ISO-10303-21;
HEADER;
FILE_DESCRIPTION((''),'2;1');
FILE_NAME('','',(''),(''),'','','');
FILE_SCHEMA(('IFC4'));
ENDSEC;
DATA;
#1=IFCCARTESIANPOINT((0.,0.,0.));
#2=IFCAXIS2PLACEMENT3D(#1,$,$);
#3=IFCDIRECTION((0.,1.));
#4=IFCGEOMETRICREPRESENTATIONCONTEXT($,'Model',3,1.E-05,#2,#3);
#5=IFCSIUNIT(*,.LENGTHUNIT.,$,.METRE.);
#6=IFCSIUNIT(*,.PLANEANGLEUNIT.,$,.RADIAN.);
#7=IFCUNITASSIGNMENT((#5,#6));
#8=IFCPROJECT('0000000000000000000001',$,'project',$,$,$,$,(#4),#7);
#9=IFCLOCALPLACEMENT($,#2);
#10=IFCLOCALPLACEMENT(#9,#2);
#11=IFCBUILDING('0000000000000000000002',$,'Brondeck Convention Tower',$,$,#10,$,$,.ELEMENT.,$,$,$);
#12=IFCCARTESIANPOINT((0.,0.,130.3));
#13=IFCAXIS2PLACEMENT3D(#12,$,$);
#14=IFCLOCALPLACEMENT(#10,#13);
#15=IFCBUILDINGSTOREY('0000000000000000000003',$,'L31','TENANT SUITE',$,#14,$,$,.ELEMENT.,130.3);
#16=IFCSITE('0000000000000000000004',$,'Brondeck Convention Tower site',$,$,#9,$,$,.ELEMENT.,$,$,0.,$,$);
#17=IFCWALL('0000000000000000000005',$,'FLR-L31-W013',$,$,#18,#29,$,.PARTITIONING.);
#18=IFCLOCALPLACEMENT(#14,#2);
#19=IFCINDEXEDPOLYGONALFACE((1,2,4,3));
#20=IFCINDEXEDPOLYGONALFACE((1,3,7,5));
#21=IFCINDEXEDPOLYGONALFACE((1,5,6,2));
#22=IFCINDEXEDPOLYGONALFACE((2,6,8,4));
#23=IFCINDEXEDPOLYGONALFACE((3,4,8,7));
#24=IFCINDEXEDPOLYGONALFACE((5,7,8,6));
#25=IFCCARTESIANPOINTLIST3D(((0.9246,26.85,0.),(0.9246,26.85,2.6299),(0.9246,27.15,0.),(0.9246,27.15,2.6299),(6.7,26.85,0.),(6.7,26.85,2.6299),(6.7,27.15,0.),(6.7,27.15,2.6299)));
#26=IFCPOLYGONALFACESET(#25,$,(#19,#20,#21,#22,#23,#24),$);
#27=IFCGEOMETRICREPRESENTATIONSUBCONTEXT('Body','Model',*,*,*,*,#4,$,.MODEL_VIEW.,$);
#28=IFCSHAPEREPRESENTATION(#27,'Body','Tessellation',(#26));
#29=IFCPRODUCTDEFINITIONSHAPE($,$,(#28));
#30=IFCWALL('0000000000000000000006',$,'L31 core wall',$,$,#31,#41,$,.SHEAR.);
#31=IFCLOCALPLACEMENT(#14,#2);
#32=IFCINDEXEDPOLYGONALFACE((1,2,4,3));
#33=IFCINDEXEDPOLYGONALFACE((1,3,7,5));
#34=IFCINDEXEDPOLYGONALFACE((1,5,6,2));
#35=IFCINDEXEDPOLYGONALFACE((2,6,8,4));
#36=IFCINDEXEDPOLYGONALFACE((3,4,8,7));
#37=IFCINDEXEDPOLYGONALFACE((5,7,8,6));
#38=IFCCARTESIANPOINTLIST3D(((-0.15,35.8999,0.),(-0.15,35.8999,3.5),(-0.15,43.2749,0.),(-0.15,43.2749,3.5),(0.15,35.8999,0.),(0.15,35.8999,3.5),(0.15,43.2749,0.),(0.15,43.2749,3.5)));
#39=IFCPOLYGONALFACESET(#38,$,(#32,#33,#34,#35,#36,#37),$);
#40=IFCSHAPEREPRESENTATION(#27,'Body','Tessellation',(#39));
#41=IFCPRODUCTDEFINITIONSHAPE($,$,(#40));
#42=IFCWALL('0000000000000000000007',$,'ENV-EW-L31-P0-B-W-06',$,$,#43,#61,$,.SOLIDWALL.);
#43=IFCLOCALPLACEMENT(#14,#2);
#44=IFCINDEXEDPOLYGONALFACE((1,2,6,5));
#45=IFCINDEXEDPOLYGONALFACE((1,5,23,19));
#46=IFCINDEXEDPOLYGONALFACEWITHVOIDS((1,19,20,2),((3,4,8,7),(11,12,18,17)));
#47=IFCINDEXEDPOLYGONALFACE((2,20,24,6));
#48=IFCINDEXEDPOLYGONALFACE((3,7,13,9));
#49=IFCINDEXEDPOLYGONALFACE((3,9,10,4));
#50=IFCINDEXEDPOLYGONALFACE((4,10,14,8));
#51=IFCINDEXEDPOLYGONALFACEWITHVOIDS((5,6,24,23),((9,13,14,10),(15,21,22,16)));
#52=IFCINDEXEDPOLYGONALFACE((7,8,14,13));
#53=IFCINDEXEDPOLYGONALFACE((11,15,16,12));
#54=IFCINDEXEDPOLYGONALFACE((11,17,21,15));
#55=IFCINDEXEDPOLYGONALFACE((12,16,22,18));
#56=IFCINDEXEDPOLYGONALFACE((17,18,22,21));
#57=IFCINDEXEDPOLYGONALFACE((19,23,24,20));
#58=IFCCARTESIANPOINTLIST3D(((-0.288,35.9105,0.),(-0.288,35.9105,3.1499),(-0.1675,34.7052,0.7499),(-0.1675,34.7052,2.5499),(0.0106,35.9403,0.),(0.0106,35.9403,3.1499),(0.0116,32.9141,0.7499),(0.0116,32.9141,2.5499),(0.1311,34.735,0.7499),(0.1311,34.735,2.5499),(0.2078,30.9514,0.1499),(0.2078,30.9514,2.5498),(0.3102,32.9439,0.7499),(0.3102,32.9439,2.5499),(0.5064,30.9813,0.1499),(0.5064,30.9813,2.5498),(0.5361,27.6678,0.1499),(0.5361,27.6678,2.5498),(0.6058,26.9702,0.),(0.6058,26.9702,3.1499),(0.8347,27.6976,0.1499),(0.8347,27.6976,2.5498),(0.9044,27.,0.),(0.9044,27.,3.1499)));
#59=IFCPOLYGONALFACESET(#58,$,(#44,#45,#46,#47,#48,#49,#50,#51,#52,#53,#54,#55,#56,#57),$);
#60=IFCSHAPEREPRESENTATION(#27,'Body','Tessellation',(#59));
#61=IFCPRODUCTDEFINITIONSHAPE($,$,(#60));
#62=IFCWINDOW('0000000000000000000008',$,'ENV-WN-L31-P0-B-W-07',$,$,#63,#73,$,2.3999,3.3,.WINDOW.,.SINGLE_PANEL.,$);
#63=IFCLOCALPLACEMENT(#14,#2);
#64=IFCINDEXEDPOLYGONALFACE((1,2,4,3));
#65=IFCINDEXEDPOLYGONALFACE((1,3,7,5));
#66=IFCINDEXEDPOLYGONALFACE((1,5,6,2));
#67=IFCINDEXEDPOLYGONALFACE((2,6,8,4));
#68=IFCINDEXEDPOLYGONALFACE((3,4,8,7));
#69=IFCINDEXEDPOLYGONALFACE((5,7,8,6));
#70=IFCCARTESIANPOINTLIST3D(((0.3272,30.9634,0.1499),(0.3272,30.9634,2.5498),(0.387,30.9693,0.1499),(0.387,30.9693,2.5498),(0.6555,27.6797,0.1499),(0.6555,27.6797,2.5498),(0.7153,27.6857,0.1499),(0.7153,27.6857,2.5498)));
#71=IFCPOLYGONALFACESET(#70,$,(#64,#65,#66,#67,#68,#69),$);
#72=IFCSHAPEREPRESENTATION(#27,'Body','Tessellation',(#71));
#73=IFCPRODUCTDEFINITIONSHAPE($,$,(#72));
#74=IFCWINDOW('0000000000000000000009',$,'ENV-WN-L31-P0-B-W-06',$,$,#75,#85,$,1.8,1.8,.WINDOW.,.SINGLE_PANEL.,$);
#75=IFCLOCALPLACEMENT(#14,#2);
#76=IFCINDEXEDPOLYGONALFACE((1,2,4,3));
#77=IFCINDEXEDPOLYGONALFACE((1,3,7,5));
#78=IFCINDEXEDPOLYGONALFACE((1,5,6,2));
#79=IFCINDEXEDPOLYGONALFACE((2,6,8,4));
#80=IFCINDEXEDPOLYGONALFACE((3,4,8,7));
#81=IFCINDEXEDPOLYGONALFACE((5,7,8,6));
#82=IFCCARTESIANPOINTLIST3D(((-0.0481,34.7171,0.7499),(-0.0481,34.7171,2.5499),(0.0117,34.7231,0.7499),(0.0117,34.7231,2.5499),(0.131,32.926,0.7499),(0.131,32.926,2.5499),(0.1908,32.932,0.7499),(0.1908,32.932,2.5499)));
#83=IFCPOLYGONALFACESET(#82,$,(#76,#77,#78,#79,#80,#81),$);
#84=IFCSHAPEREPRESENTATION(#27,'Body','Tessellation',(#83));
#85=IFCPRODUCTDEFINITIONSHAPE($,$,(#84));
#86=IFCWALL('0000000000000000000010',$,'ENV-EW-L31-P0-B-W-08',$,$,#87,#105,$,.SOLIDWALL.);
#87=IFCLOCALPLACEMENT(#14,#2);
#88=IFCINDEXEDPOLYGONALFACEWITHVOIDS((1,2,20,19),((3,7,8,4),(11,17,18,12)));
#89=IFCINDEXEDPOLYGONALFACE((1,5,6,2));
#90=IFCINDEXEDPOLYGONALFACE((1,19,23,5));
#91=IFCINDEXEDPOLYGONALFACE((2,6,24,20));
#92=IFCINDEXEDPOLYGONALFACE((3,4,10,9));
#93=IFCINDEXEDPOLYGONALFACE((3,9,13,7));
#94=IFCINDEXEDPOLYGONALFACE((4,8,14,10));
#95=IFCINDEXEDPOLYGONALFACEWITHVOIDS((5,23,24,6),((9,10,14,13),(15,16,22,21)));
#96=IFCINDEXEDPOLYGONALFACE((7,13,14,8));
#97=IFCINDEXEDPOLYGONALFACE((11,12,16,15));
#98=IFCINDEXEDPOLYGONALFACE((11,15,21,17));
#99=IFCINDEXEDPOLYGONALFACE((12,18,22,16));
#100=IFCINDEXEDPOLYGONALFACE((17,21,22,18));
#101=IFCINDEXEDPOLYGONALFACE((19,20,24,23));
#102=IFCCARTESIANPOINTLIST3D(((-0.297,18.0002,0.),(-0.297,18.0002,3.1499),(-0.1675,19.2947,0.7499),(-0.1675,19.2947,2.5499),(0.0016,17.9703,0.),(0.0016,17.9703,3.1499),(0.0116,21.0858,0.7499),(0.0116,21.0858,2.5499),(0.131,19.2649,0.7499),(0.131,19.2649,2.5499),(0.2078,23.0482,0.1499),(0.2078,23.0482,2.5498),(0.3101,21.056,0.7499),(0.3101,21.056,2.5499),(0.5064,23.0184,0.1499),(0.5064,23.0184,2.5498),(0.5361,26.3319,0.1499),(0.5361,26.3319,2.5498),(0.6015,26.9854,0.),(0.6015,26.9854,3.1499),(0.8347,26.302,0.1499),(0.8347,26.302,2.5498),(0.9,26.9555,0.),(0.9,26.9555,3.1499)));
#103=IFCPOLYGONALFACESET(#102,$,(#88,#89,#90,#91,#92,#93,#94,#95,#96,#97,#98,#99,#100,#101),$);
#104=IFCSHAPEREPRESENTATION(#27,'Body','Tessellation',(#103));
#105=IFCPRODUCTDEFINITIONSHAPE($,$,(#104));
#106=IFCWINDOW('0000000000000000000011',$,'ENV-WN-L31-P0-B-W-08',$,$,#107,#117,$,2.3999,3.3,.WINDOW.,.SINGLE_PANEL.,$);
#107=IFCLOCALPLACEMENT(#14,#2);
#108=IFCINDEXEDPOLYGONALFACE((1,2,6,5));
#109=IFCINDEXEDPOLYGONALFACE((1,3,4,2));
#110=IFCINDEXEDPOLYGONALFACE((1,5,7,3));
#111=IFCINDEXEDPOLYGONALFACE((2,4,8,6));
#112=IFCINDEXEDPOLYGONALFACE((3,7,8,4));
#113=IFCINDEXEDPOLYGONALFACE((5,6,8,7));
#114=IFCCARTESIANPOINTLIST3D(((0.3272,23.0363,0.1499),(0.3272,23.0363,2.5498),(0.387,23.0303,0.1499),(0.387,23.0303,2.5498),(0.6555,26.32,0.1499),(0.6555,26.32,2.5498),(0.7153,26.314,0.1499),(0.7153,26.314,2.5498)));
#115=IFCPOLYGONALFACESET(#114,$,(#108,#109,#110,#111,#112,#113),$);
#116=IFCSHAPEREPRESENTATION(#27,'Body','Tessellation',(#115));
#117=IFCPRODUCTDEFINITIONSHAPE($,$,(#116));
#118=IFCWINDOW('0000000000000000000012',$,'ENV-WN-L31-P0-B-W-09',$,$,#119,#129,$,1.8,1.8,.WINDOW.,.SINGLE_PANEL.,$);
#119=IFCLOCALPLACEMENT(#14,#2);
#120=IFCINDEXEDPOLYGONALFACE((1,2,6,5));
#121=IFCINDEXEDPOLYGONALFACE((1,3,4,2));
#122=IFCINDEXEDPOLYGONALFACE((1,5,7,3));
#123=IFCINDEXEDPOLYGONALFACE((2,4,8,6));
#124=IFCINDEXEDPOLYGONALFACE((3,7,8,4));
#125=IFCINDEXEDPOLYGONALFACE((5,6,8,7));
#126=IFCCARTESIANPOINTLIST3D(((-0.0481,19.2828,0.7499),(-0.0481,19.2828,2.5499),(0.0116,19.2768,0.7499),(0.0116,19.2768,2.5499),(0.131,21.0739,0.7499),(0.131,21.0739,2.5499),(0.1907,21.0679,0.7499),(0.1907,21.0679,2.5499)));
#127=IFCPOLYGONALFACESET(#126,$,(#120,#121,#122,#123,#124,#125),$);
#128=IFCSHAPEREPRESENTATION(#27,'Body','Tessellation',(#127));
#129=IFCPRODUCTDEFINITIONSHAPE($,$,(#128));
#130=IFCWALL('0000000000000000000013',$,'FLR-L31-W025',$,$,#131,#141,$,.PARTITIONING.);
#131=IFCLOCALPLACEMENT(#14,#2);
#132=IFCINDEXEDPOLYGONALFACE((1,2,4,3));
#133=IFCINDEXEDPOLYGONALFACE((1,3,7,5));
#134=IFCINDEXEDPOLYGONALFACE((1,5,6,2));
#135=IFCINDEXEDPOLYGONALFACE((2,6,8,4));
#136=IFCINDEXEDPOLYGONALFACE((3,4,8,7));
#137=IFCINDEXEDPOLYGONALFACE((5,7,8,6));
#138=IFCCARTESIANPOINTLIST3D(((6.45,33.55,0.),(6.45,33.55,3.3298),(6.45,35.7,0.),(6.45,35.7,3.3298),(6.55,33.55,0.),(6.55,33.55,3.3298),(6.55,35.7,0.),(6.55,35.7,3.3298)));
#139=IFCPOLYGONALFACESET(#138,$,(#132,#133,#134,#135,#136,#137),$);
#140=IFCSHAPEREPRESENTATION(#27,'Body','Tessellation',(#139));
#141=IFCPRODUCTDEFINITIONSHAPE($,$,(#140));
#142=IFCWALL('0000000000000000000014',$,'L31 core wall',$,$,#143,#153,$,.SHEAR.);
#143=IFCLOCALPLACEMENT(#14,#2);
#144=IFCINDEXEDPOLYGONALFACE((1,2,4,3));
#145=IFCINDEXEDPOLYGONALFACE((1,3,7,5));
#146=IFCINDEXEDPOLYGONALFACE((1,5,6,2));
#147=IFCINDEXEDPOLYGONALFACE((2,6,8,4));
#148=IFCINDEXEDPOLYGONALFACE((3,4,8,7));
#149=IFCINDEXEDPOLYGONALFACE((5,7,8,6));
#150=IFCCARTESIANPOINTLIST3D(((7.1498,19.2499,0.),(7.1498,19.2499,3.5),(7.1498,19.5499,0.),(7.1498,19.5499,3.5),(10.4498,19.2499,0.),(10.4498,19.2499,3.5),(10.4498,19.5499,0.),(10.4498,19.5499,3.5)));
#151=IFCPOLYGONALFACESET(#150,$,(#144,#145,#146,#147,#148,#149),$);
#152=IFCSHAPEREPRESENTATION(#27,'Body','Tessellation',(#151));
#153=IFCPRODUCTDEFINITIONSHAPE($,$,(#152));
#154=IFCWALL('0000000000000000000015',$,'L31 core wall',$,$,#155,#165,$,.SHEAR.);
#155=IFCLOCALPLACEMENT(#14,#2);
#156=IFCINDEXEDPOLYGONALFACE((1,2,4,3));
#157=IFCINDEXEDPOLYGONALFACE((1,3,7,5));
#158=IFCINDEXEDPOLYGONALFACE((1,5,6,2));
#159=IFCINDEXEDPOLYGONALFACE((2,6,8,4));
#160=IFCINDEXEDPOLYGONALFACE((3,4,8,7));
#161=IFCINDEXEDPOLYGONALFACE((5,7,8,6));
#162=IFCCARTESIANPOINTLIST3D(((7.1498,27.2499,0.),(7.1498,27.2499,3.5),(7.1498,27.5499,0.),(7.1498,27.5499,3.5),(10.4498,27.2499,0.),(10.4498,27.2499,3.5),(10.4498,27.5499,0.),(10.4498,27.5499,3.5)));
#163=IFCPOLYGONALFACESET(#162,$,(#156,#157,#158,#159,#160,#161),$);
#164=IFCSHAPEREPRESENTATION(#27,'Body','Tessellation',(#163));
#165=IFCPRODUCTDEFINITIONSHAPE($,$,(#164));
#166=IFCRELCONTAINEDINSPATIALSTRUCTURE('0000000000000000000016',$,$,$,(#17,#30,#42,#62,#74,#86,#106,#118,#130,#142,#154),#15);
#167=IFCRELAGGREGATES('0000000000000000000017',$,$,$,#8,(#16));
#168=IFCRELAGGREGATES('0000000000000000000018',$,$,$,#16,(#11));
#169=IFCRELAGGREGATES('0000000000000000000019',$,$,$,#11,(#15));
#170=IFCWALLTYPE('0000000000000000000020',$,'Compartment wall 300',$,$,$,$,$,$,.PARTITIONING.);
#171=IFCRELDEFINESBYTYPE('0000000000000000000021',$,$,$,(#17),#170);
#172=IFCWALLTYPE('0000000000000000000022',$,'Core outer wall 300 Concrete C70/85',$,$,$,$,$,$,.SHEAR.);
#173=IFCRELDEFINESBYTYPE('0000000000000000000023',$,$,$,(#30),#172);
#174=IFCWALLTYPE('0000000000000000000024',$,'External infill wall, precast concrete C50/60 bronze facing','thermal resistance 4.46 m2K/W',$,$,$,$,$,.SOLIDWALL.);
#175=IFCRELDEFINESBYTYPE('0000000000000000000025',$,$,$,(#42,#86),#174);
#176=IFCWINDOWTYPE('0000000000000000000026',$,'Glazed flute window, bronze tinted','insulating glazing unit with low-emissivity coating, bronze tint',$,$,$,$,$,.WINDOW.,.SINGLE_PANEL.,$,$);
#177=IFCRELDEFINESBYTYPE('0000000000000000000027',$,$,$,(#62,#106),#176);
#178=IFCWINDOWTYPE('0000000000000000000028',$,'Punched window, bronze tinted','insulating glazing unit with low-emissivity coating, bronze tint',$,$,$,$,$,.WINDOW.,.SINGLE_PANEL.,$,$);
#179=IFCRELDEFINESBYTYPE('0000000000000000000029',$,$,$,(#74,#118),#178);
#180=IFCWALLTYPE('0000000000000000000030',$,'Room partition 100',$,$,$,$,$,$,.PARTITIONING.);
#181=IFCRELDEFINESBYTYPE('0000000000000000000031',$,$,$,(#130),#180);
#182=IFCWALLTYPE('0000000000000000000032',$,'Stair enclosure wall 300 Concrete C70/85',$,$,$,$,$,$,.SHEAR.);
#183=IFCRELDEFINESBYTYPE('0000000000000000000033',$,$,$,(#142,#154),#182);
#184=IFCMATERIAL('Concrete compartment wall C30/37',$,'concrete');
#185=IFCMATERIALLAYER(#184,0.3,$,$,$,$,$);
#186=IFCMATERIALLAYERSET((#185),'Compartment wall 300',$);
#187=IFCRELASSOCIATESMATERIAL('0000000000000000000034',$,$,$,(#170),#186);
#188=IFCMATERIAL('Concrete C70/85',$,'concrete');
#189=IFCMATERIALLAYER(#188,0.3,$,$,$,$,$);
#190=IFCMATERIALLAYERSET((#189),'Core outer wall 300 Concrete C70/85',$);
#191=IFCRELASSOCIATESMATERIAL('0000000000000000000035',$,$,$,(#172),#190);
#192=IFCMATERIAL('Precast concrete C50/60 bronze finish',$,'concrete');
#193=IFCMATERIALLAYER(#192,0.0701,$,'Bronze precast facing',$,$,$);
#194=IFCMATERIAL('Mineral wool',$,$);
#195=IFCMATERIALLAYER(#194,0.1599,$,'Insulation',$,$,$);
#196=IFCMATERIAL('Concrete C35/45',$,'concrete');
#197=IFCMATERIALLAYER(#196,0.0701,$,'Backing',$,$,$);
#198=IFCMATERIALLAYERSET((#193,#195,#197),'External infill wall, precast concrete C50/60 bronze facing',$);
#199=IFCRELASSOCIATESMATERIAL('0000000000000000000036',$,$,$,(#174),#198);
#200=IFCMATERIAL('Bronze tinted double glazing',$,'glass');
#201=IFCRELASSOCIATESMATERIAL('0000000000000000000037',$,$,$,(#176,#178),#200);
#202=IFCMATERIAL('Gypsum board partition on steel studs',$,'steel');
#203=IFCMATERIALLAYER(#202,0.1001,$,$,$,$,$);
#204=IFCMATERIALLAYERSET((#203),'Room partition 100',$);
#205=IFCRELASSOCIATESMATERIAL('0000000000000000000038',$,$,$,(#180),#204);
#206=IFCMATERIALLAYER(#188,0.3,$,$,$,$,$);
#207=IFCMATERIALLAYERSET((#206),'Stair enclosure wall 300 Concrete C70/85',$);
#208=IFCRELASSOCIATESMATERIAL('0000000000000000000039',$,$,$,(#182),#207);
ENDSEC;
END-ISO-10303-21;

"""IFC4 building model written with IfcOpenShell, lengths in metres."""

from ifc_helpers import new_model, si_unit, direction, frame, frame_2d, origin, place, context, subcontext, project, spatial, rectangle, extrude, material, layer, layer_set, type_object, element, fill, save


model = new_model("IFC4")

# Units and contexts
model_context = context("Model", 3, precision=1e-05, world=origin(), true_north=direction((0.0, 1.0)))
body_context = subcontext(model_context, "Body", "Model", "MODEL_VIEW")
ifc_project = project(units=[si_unit("LENGTHUNIT", "METRE"), si_unit("PLANEANGLEUNIT", "RADIAN")], contexts=[model_context])

# Site, building, storey
site_placement = place(None, origin())
site = spatial("IfcSite", under=ifc_project, at=site_placement, Name="Brondeck Convention Tower site", CompositionType="ELEMENT", RefElevation=0.0)
building_placement = place(site_placement, origin())
building = spatial("IfcBuilding", under=site, at=building_placement, Name="Brondeck Convention Tower", CompositionType="ELEMENT")
storey_placement = place(building_placement, frame((0.0, 0.0, 130.3)))
storey = spatial("IfcBuildingStorey", under=building, at=storey_placement, Name="L31", Description="TENANT SUITE", CompositionType="ELEMENT", Elevation=130.3)

# Shared definitions
ifc_material_1 = material(Name="Concrete C70/85", Category="concrete")

# Walls
ifc_material_2 = material(Name="Concrete compartment wall C30/37", Category="concrete")
ifc_layer_1 = layer(ifc_material_2, 0.3)
ifc_layer_set_1 = layer_set([ifc_layer_1], Name="Compartment wall 300")
wall_type_1 = type_object("IfcWallType", Name="Compartment wall 300", PredefinedType="PARTITIONING", material=ifc_layer_set_1)
wall_1_placement = place(storey_placement, frame((0.9246, 27.0, 0.0), z_axis=(0.0, 0.0, 1.0), x_axis=(1.0, 0.0, 0.0)))
element("IfcWall", 1, at=wall_1_placement, inside=storey, type_object=wall_type_1, Name="FLR-L31-W013", PredefinedType="PARTITIONING", context=body_context, shape_type="SweptSolid", body=[
    extrude(rectangle(XDim=5.7754, YDim=0.3, at=frame_2d((2.8877, 0.0))), origin(), (0.0, 0.0, 1.0), 2.6299),
])
ifc_layer_2 = layer(ifc_material_1, 0.3)
ifc_layer_set_2 = layer_set([ifc_layer_2], Name="Core outer wall 300 Concrete C70/85")
wall_type_2 = type_object("IfcWallType", Name="Core outer wall 300 Concrete C70/85", PredefinedType="SHEAR", material=ifc_layer_set_2)
wall_2_placement = place(storey_placement, frame((0.0, 35.8999, 0.0), z_axis=(0.0, 0.0, 1.0), x_axis=(0.0, 1.0, 0.0)))
element("IfcWall", 2, at=wall_2_placement, inside=storey, type_object=wall_type_2, Name="L31 core wall", PredefinedType="SHEAR", context=body_context, shape_type="SweptSolid", body=[
    extrude(rectangle(XDim=7.375, YDim=0.3, at=frame_2d((3.6875, 0.0))), origin(), (0.0, 0.0, 1.0), 3.5),
])

# Walls, openings, windows
ifc_material_3 = material(Name="Precast concrete C50/60 bronze finish", Category="concrete")
ifc_layer_3 = layer(ifc_material_3, 0.0701, Name="Bronze precast facing")
ifc_material_4 = material(Name="Mineral wool")
ifc_layer_4 = layer(ifc_material_4, 0.1599, Name="Insulation")
ifc_material_5 = material(Name="Concrete C35/45", Category="concrete")
ifc_layer_5 = layer(ifc_material_5, 0.0701, Name="Backing")
ifc_layer_set_3 = layer_set([ifc_layer_3, ifc_layer_4, ifc_layer_5], Name="External infill wall, precast concrete C50/60 bronze facing")
wall_type_3 = type_object("IfcWallType", Name="External infill wall, precast concrete C50/60 bronze facing", Description="thermal resistance 4.46 m2K/W", PredefinedType="SOLIDWALL", material=ifc_layer_set_3)
wall_3_placement = place(storey_placement, frame((0.7551, 26.9851, 0.0), z_axis=(0.0, 0.0, 1.0), x_axis=(-0.09948, 0.99504, 0.0)))
wall_3 = element("IfcWall", 3, at=wall_3_placement, inside=storey, type_object=wall_type_3, Name="ENV-EW-L31-P0-B-W-06", PredefinedType="SOLIDWALL", context=body_context, shape_type="SweptSolid", body=[
    extrude(rectangle(XDim=8.9849, YDim=0.3, at=frame_2d((4.4924, 0.0))), origin(), (0.0, 0.0, 1.0), 3.1499),
])
opening_1_placement = place(wall_3_placement, frame((0.7012, 0.0, 0.1499)))
opening_1 = element("IfcOpeningElement", 4, at=opening_1_placement, cuts=wall_3, PredefinedType="OPENING", context=body_context, shape_type="SweptSolid", body=[
    extrude(rectangle(XDim=3.3, YDim=2.3999, at=frame_2d((1.6499, 1.2))), frame((0.0, 0.1599, 0.0), z_axis=(0.0, -1.0, 0.0), x_axis=(1.0, 0.0, 0.0)), (0.0, 0.0, 1.0), 0.3201),
])
opening_2_placement = place(wall_3_placement, frame((5.9736, 0.0, 0.75)))
opening_2 = element("IfcOpeningElement", 5, at=opening_2_placement, cuts=wall_3, PredefinedType="OPENING", context=body_context, shape_type="SweptSolid", body=[
    extrude(rectangle(XDim=1.8, YDim=1.8, at=frame_2d((0.8999, 0.8999))), frame((0.0, 0.1599, 0.0), z_axis=(0.0, -1.0, 0.0), x_axis=(1.0, 0.0, 0.0)), (0.0, 0.0, 1.0), 0.3201),
])
ifc_material_6 = material(Name="Bronze tinted double glazing", Category="glass")
window_type_1 = type_object("IfcWindowType", Name="Glazed flute window, bronze tinted", Description="insulating glazing unit with low-emissivity coating, bronze tint", PartitioningType="SINGLE_PANEL", PredefinedType="WINDOW", material=ifc_material_6)
window_1_placement = place(opening_1_placement, origin())
window_1 = element("IfcWindow", 6, at=window_1_placement, inside=storey, type_object=window_type_1, Name="ENV-WN-L31-P0-B-W-07", OverallHeight=2.3999, OverallWidth=3.3, PartitioningType="SINGLE_PANEL", PredefinedType="WINDOW", context=body_context, shape_type="SweptSolid", body=[
    extrude(rectangle(XDim=3.3, YDim=2.3999, at=frame_2d((1.6499, 1.2))), frame((0.0, 0.03, 0.0), z_axis=(0.0, -1.0, 0.0), x_axis=(1.0, 0.0, 0.0)), (0.0, 0.0, 1.0), 0.0601),
])
fill(opening_1, window_1)
window_type_2 = type_object("IfcWindowType", Name="Punched window, bronze tinted", Description="insulating glazing unit with low-emissivity coating, bronze tint", PartitioningType="SINGLE_PANEL", PredefinedType="WINDOW", material=ifc_material_6)
window_2_placement = place(opening_2_placement, origin())
window_2 = element("IfcWindow", 7, at=window_2_placement, inside=storey, type_object=window_type_2, Name="ENV-WN-L31-P0-B-W-06", OverallHeight=1.8, OverallWidth=1.8, PartitioningType="SINGLE_PANEL", PredefinedType="WINDOW", context=body_context, shape_type="SweptSolid", body=[
    extrude(rectangle(XDim=1.8, YDim=1.8, at=frame_2d((0.8999, 0.8999))), frame((0.0, 0.03, 0.0), z_axis=(0.0, -1.0, 0.0), x_axis=(1.0, 0.0, 0.0)), (0.0, 0.0, 1.0), 0.0601),
])
fill(opening_2, window_2)
wall_4_placement = place(storey_placement, frame((-0.1477, 17.9851, 0.0), z_axis=(0.0, 0.0, 1.0), x_axis=(0.099496, 0.995038, 0.0)))
wall_4 = element("IfcWall", 8, at=wall_4_placement, inside=storey, type_object=wall_type_3, Name="ENV-EW-L31-P0-B-W-08", PredefinedType="SOLIDWALL", context=body_context, shape_type="SweptSolid", body=[
    extrude(rectangle(XDim=9.03, YDim=0.3, at=frame_2d((4.5151, 0.0))), origin(), (0.0, 0.0, 1.0), 3.1499),
])
opening_3_placement = place(wall_4_placement, frame((1.3013, 0.0, 0.75)))
opening_3 = element("IfcOpeningElement", 9, at=opening_3_placement, cuts=wall_4, PredefinedType="OPENING", context=body_context, shape_type="SweptSolid", body=[
    extrude(rectangle(XDim=1.8, YDim=1.8, at=frame_2d((0.8999, 0.8999))), frame((0.0, 0.1599, 0.0), z_axis=(0.0, -1.0, 0.0), x_axis=(1.0, 0.0, 0.0)), (0.0, 0.0, 1.0), 0.3201),
])
opening_4_placement = place(wall_4_placement, frame((5.0735, 0.0, 0.1499)))
opening_4 = element("IfcOpeningElement", 10, at=opening_4_placement, cuts=wall_4, PredefinedType="OPENING", context=body_context, shape_type="SweptSolid", body=[
    extrude(rectangle(XDim=3.3, YDim=2.3999, at=frame_2d((1.6499, 1.2))), frame((0.0, 0.1599, 0.0), z_axis=(0.0, -1.0, 0.0), x_axis=(1.0, 0.0, 0.0)), (0.0, 0.0, 1.0), 0.3201),
])
window_3_placement = place(opening_4_placement, origin())
window_3 = element("IfcWindow", 11, at=window_3_placement, inside=storey, type_object=window_type_1, Name="ENV-WN-L31-P0-B-W-08", OverallHeight=2.3999, OverallWidth=3.3, PartitioningType="SINGLE_PANEL", PredefinedType="WINDOW", context=body_context, shape_type="SweptSolid", body=[
    extrude(rectangle(XDim=3.3, YDim=2.3999, at=frame_2d((1.6499, 1.2))), frame((0.0, 0.03, 0.0), z_axis=(0.0, -1.0, 0.0), x_axis=(1.0, 0.0, 0.0)), (0.0, 0.0, 1.0), 0.0601),
])
fill(opening_4, window_3)
window_4_placement = place(opening_3_placement, origin())
window_4 = element("IfcWindow", 12, at=window_4_placement, inside=storey, type_object=window_type_2, Name="ENV-WN-L31-P0-B-W-09", OverallHeight=1.8, OverallWidth=1.8, PartitioningType="SINGLE_PANEL", PredefinedType="WINDOW", context=body_context, shape_type="SweptSolid", body=[
    extrude(rectangle(XDim=1.8, YDim=1.8, at=frame_2d((0.8999, 0.8999))), frame((0.0, 0.03, 0.0), z_axis=(0.0, -1.0, 0.0), x_axis=(1.0, 0.0, 0.0)), (0.0, 0.0, 1.0), 0.0601),
])
fill(opening_3, window_4)

# Walls
ifc_material_7 = material(Name="Gypsum board partition on steel studs", Category="steel")
ifc_layer_6 = layer(ifc_material_7, 0.1001)
ifc_layer_set_4 = layer_set([ifc_layer_6], Name="Room partition 100")
wall_type_4 = type_object("IfcWallType", Name="Room partition 100", PredefinedType="PARTITIONING", material=ifc_layer_set_4)
wall_5_placement = place(storey_placement, frame((6.5, 33.55, 0.0), z_axis=(0.0, 0.0, 1.0), x_axis=(0.0, 1.0, 0.0)))
element("IfcWall", 13, at=wall_5_placement, inside=storey, type_object=wall_type_4, Name="FLR-L31-W025", PredefinedType="PARTITIONING", context=body_context, shape_type="SweptSolid", body=[
    extrude(rectangle(XDim=2.1499, YDim=0.1001, at=frame_2d((1.075, 0.0))), origin(), (0.0, 0.0, 1.0), 3.3298),
])
ifc_layer_7 = layer(ifc_material_1, 0.3)
ifc_layer_set_5 = layer_set([ifc_layer_7], Name="Stair enclosure wall 300 Concrete C70/85")
wall_type_5 = type_object("IfcWallType", Name="Stair enclosure wall 300 Concrete C70/85", PredefinedType="SHEAR", material=ifc_layer_set_5)
for number, where, z_axis, x_axis, name in (
    (14, (7.1499, 19.3999, 0.0), (0.0, 0.0, 1.0), (1.0, 0.0, 0.0), "L31 core wall"),
    (15, (7.1499, 27.3999, 0.0), (0.0, 0.0, 1.0), (1.0, 0.0, 0.0), "L31 core wall"),
):
    element("IfcWall", number, at=place(storey_placement, frame(where, z_axis=z_axis, x_axis=x_axis)), inside=storey, type_object=wall_type_5, Name=name, PredefinedType="SHEAR", context=body_context, shape_type="SweptSolid", body=[
        extrude(rectangle(XDim=3.3, YDim=0.3, at=frame_2d((1.6499, 0.0))), origin(), (0.0, 0.0, 1.0), 3.5),
    ])

save(model, "model.ifc")
